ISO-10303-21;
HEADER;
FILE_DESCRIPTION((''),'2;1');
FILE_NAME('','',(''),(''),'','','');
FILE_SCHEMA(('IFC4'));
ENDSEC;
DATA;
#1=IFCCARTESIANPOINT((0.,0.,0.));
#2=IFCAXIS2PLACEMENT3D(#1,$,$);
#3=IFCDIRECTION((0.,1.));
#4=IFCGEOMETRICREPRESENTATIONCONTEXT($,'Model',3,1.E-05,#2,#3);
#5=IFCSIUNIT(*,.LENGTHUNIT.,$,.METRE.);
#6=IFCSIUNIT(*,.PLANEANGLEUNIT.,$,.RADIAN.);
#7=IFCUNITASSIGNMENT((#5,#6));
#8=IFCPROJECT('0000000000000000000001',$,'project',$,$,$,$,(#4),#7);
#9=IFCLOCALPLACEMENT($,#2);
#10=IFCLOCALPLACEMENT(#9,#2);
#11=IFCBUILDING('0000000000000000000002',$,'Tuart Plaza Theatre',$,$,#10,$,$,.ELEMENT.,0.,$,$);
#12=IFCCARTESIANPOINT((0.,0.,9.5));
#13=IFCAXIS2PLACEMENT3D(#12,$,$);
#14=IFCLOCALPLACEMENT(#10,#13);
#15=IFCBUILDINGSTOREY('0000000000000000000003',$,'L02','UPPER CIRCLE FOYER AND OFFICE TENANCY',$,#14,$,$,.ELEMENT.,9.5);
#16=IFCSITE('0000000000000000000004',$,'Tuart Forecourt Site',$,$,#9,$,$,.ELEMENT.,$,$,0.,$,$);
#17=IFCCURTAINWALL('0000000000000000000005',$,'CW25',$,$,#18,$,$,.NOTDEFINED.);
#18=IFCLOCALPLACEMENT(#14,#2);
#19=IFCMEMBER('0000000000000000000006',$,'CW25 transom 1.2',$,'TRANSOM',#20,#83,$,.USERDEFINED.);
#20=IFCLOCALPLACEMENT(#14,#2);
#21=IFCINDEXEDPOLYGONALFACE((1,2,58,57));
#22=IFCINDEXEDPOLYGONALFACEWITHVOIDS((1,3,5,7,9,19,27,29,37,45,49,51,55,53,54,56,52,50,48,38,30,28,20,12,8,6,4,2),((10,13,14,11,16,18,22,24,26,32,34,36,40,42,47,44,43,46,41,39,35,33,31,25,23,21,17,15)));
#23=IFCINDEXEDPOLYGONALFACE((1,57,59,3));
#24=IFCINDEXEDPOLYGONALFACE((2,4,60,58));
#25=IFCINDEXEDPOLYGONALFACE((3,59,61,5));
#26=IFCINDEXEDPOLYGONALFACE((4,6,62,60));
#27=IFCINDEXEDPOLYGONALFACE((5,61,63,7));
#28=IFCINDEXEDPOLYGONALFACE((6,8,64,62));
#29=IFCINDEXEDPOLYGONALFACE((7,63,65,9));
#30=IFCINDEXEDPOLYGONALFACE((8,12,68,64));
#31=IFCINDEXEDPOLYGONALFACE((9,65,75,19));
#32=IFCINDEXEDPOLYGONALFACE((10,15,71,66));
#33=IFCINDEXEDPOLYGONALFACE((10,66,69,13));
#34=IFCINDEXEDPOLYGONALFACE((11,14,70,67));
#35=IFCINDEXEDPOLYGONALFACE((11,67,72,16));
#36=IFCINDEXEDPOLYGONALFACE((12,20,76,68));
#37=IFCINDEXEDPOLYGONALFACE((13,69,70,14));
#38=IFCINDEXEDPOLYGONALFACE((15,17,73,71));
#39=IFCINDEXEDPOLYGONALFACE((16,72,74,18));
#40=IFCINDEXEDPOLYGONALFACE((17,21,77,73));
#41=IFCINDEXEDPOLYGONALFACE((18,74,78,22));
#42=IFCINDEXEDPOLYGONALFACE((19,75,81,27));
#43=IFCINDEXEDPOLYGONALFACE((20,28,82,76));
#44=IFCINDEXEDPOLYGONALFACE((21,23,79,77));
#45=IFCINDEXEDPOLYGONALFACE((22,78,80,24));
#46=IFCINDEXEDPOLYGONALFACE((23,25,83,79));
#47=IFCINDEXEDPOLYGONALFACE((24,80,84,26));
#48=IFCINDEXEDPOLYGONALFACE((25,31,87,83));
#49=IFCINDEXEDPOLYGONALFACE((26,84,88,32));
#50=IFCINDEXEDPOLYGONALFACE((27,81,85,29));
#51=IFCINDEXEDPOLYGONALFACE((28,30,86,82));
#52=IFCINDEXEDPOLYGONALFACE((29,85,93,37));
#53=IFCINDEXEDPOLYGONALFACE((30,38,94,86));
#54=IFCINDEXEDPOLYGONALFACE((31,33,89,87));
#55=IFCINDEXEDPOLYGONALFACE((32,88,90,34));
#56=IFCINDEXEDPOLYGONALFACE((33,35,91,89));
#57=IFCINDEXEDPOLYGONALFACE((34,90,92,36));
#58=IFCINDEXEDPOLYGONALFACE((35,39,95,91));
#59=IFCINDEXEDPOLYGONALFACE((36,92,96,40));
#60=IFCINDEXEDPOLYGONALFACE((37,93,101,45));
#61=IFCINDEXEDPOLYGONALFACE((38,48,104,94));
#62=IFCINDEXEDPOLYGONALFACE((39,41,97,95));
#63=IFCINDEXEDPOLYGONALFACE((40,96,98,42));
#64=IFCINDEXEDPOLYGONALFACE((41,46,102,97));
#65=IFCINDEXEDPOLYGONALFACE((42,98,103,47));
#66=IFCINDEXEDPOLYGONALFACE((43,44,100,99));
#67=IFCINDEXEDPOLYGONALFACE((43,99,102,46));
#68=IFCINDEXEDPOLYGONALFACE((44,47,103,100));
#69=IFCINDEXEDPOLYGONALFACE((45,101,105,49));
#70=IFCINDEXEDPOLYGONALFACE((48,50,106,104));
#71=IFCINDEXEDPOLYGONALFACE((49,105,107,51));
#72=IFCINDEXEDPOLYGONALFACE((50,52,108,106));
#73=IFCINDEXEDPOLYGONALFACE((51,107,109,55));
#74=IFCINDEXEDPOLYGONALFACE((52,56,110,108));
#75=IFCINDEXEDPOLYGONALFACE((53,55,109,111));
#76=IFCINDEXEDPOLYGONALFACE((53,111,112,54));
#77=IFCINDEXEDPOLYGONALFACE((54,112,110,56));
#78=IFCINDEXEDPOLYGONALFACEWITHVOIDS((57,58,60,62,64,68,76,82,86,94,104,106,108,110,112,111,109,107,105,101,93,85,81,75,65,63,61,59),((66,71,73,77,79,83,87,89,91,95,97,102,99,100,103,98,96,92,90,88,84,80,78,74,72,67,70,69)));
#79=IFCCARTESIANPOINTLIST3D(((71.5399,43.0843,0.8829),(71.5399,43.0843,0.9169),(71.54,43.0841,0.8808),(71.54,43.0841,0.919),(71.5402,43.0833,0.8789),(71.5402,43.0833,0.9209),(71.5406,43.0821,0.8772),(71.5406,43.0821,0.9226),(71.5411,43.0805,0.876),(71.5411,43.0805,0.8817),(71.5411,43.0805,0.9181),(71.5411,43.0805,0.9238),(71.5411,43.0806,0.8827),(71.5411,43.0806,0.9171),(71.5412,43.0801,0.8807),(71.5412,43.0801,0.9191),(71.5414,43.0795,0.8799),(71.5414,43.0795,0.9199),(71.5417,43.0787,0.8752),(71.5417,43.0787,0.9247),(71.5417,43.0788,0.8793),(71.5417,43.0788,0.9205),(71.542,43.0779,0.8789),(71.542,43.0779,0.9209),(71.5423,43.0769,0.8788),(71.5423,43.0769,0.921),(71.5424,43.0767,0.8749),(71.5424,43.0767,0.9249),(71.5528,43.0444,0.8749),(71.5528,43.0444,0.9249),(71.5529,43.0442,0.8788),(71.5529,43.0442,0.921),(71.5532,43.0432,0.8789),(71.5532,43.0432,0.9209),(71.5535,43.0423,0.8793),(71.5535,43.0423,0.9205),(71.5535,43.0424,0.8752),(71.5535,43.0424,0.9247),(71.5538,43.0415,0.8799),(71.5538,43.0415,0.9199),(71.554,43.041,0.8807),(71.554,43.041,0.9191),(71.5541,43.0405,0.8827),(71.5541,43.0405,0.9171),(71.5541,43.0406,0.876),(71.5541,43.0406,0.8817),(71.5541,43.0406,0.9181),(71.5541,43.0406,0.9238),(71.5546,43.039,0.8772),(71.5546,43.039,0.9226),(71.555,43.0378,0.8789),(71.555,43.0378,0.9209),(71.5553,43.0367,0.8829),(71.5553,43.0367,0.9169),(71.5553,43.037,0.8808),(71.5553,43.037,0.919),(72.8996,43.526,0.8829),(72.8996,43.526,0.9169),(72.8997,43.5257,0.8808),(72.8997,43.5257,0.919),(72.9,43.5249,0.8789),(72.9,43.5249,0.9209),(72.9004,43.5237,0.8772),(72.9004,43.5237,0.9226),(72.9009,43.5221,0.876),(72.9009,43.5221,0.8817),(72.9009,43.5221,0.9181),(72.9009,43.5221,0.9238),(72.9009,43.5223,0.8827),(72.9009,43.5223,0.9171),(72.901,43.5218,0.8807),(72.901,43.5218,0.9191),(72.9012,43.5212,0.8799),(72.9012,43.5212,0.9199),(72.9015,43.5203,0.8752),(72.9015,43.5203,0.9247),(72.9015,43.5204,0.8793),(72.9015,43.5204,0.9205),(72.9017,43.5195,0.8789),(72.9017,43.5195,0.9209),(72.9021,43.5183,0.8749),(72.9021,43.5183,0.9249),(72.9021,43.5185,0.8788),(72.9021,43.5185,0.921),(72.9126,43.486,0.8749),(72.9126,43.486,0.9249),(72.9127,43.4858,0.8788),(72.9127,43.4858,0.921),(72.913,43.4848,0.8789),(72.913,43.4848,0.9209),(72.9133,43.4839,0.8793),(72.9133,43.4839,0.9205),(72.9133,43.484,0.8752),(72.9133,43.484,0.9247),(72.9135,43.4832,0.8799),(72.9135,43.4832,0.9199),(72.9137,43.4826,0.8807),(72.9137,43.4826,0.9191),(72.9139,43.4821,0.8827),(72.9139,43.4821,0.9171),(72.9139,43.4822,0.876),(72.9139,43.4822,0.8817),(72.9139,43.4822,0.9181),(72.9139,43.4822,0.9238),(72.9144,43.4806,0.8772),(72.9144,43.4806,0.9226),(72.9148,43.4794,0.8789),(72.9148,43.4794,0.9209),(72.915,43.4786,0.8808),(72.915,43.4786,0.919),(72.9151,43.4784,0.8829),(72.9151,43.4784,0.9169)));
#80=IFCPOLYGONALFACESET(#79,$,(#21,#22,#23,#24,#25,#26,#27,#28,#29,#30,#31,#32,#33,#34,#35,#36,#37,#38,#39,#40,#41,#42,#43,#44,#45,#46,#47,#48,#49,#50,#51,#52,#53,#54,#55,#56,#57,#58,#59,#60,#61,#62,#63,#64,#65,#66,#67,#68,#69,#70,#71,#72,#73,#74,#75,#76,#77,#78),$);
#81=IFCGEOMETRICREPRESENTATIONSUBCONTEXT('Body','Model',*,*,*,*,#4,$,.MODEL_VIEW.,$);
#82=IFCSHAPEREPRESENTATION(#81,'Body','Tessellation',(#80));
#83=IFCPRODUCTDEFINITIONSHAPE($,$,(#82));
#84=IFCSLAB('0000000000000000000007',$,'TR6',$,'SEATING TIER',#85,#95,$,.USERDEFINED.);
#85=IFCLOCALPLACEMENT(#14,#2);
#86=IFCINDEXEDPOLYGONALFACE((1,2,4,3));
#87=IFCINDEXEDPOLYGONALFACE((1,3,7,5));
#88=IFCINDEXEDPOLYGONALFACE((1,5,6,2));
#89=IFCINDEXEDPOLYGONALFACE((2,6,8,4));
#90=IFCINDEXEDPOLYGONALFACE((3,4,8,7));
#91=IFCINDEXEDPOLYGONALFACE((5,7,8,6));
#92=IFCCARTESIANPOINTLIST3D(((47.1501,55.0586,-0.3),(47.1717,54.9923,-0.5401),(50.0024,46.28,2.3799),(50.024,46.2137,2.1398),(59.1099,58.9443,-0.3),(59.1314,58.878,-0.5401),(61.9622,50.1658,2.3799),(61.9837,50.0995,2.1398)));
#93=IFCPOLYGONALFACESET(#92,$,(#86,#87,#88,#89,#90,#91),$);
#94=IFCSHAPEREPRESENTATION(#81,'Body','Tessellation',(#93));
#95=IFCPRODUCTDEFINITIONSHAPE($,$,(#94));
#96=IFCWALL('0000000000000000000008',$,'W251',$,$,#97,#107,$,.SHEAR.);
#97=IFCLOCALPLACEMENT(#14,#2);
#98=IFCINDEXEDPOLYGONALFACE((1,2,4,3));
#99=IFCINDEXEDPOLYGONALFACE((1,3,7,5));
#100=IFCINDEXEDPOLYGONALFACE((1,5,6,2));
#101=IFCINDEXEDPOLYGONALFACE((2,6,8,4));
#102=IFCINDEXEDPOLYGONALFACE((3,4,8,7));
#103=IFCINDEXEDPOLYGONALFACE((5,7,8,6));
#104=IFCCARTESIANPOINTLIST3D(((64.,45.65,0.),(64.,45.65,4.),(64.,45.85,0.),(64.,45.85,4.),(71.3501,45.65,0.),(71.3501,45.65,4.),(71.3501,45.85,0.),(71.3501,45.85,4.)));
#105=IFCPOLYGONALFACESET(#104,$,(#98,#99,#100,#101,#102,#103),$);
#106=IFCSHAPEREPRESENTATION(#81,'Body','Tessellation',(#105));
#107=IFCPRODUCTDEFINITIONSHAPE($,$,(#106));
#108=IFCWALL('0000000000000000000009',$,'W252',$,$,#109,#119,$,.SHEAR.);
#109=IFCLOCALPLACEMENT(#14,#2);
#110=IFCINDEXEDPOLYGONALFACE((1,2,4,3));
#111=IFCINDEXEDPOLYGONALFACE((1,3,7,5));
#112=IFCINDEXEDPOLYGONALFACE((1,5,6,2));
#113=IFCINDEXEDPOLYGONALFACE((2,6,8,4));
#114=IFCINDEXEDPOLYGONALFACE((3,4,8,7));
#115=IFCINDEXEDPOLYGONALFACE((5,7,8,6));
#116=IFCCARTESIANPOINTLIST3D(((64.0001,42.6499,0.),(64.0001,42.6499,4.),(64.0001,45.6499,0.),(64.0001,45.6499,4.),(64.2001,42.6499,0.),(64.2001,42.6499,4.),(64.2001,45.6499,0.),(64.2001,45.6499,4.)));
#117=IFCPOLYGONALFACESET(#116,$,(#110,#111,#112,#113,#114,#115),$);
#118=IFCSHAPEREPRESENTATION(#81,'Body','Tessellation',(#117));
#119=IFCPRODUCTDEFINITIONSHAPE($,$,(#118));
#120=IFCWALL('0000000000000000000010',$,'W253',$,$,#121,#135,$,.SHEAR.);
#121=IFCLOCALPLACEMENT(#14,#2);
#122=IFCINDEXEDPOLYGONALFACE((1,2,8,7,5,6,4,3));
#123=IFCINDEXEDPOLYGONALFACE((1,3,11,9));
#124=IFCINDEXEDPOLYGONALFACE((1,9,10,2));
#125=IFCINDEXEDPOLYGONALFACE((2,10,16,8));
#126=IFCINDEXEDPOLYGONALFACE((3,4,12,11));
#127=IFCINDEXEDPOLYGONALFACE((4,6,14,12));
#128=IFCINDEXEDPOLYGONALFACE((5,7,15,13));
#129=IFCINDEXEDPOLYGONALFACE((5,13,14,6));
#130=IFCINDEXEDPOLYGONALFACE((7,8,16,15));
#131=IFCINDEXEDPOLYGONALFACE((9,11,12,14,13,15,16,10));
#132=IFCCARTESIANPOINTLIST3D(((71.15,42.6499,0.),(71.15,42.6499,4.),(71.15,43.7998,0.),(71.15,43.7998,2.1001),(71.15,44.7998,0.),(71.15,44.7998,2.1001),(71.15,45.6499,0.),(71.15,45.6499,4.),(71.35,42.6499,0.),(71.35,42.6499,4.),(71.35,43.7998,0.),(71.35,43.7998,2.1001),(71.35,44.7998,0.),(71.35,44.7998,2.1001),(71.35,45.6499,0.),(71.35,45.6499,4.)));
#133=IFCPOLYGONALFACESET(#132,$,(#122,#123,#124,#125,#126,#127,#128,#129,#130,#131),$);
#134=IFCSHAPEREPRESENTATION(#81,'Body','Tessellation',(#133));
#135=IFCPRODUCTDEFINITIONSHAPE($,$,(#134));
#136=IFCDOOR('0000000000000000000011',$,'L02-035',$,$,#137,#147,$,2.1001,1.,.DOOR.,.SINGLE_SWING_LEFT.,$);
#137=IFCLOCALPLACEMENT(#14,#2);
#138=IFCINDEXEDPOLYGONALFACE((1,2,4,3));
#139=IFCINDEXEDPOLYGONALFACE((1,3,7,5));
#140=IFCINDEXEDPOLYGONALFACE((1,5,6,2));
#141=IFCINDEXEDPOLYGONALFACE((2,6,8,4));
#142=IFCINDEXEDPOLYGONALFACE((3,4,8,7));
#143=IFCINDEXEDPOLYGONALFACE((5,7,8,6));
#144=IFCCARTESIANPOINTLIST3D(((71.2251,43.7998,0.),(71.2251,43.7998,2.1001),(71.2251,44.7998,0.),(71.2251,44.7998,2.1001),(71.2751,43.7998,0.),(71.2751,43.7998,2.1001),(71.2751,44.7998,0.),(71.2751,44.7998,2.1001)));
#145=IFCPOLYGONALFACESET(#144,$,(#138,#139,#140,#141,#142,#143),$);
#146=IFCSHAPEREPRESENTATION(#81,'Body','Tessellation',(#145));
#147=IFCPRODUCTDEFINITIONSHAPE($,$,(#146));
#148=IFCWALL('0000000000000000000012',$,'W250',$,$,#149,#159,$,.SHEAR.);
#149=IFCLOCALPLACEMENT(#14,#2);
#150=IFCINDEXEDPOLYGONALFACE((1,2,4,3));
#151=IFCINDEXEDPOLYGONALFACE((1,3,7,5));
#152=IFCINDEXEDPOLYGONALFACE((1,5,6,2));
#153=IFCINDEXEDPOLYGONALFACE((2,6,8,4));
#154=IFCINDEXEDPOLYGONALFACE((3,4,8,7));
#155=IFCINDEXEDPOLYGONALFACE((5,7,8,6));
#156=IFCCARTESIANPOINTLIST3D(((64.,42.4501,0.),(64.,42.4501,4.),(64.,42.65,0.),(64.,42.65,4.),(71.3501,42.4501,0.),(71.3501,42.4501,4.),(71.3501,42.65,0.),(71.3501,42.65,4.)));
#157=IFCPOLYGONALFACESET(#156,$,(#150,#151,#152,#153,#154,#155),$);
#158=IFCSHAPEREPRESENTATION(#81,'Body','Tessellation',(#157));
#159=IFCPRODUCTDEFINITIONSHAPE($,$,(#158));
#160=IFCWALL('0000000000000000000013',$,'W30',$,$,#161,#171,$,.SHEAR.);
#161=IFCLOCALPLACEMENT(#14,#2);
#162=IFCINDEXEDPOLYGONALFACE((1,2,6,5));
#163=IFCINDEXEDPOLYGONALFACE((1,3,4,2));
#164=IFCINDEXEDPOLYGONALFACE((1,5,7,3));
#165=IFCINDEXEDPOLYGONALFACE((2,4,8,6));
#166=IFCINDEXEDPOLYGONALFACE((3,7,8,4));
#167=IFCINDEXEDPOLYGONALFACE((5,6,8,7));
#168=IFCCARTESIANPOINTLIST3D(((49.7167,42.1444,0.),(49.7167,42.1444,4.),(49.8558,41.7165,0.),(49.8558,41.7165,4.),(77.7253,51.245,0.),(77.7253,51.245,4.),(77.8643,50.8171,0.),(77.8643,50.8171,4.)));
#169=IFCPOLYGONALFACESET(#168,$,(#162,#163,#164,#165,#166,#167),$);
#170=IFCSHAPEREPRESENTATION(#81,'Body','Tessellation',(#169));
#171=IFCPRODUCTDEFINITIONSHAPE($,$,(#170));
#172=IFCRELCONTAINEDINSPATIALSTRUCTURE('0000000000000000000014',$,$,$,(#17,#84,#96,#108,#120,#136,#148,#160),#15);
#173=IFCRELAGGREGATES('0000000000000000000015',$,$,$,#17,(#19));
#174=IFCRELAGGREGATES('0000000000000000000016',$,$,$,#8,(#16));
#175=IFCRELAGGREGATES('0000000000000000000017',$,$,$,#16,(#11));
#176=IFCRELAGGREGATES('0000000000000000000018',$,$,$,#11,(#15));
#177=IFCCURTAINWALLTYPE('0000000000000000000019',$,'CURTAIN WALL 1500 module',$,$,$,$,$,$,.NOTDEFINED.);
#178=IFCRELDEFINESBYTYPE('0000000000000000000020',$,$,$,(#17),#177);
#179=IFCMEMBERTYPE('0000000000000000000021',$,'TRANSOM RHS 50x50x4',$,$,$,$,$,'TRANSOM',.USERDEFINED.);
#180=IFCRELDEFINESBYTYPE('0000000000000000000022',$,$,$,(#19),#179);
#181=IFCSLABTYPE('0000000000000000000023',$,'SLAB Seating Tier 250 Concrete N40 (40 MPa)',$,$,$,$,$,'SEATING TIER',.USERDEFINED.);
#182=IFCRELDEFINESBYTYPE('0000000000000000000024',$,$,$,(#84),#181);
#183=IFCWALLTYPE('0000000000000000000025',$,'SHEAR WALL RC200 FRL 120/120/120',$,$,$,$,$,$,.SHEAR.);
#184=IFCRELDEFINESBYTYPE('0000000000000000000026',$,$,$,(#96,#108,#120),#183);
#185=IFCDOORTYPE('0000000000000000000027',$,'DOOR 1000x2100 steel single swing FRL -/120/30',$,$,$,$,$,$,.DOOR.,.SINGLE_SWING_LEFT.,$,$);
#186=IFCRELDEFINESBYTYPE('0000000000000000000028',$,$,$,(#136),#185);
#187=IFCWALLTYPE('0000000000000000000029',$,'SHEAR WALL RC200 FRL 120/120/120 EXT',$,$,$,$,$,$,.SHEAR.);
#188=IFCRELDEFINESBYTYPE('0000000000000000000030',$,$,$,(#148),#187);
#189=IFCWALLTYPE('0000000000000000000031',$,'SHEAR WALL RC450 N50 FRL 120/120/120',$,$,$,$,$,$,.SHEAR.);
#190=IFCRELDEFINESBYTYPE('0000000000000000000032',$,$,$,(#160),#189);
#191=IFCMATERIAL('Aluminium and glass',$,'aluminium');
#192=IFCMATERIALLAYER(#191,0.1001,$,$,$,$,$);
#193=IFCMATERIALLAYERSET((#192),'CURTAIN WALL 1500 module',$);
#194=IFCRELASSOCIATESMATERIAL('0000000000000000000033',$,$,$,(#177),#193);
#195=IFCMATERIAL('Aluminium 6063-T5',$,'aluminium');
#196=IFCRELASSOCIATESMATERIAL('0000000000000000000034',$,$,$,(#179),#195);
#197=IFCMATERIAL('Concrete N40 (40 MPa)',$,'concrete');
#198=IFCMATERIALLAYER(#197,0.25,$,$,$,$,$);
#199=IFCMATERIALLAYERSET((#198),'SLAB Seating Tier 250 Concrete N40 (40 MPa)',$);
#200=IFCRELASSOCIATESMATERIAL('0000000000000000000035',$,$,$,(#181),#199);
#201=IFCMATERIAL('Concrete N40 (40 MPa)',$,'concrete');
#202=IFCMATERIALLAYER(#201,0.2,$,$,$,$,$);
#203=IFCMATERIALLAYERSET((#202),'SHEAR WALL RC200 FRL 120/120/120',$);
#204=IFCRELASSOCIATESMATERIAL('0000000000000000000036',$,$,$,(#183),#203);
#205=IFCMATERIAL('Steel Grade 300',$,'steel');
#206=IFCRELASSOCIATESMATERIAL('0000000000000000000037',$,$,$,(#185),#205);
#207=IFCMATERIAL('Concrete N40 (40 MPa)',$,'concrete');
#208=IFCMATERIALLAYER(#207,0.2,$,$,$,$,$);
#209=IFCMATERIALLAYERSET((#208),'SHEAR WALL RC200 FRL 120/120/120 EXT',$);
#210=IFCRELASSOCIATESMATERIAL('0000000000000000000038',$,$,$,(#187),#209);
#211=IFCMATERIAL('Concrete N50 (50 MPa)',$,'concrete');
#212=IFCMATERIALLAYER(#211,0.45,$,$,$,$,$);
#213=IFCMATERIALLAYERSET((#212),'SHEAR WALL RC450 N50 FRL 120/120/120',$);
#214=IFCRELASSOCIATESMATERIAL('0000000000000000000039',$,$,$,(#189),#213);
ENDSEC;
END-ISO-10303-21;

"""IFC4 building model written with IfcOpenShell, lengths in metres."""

from ifc_helpers import new_model, si_unit, direction, frame, frame_2d, origin, origin_2d, place, context, subcontext, project, spatial, polyline, rectangle, hollow_rectangle, outline, extrude, material, layer, layer_set, material_profile, profile_set, type_object, element, fill, aggregate, save


model = new_model("IFC4")

# Units and contexts
model_context = context("Model", 3, precision=1e-05, world=origin(), true_north=direction((0.0, 1.0)))
body_context = subcontext(model_context, "Body", "Model", "MODEL_VIEW")
ifc_project = project(units=[si_unit("LENGTHUNIT", "METRE"), si_unit("PLANEANGLEUNIT", "RADIAN")], contexts=[model_context])

# Site, building, storey
site_placement = place(None, origin())
site = spatial("IfcSite", under=ifc_project, at=site_placement, Name="Tuart Forecourt Site", CompositionType="ELEMENT", RefElevation=0.0)
building_placement = place(site_placement, origin())
building = spatial("IfcBuilding", under=site, at=building_placement, Name="Tuart Plaza Theatre", CompositionType="ELEMENT", ElevationOfRefHeight=0.0)
storey_placement = place(building_placement, frame((0.0, 0.0, 9.5)))
storey = spatial("IfcBuildingStorey", under=building, at=storey_placement, Name="L02", Description="UPPER CIRCLE FOYER AND OFFICE TENANCY", CompositionType="ELEMENT", Elevation=9.5)

# Curtain wall, member
ifc_material_1 = material(Name="Aluminium and glass", Category="aluminium")
ifc_layer_1 = layer(ifc_material_1, 0.1001)
ifc_layer_set_1 = layer_set([ifc_layer_1], Name="CURTAIN WALL 1500 module")
curtain_wall_type = type_object("IfcCurtainWallType", Name="CURTAIN WALL 1500 module", PredefinedType="NOTDEFINED", material=ifc_layer_set_1)
curtain_wall_placement = place(storey_placement, origin())
curtain_wall = element("IfcCurtainWall", 1, at=curtain_wall_placement, inside=storey, type_object=curtain_wall_type, Name="CW25", PredefinedType="NOTDEFINED")
ifc_material_2 = material(Name="Aluminium 6063-T5", Category="aluminium")
ifc_material_profile_1 = material_profile(ifc_material_2, hollow_rectangle(XDim=0.05, YDim=0.05, WallThickness=0.0039, InnerFilletRadius=0.0039, OuterFilletRadius=0.0081, at=origin_2d()), Name="RHS 50x50x4")
ifc_profile_set_1 = profile_set([ifc_material_profile_1], Name="Aluminium 6063-T5")
member_type_1 = type_object("IfcMemberType", Name="TRANSOM RHS 50x50x4", ElementType="TRANSOM", PredefinedType="USERDEFINED", material=ifc_profile_set_1)
member_1_placement = place(storey_placement, frame((71.5476, 43.0605, 0.8999), z_axis=(0.951097, 0.308893, 0.0), x_axis=(-0.308893, 0.951097, 0.0)))
member_1 = element("IfcMember", 2, at=member_1_placement, type_object=member_type_1, Name="CW25 transom 1.2", ObjectType="TRANSOM", PredefinedType="USERDEFINED", context=body_context, shape_type="SweptSolid", body=[
    extrude(hollow_rectangle(XDim=0.05, YDim=0.05, WallThickness=0.0039, InnerFilletRadius=0.0039, OuterFilletRadius=0.0081, at=origin_2d()), origin(), (0.0, 0.0, 1.0), 1.4297),
])
aggregate(curtain_wall, [member_1])

# Slab
ifc_material_3 = material(Name="Concrete N40 (40 MPa)", Category="concrete")
ifc_layer_2 = layer(ifc_material_3, 0.25)
ifc_layer_set_2 = layer_set([ifc_layer_2], Name="SLAB Seating Tier 250 Concrete N40 (40 MPa)")
slab_type = type_object("IfcSlabType", Name="SLAB Seating Tier 250 Concrete N40 (40 MPa)", ElementType="SEATING TIER", PredefinedType="USERDEFINED", material=ifc_layer_set_2)
slab_placement = place(storey_placement, frame((50.0024, 46.28, 2.3799), z_axis=(-0.086158, 0.26518, 0.960342), x_axis=(0.951061, 0.309002, 0.0)))
element("IfcSlab", 3, at=slab_placement, inside=storey, type_object=slab_type, Name="TR6", ObjectType="SEATING TIER", PredefinedType="USERDEFINED", context=body_context, shape_type="SweptSolid", body=[
    extrude(outline(polyline([(0.0, 0.0), (12.5751, 0.0), (12.575, 9.6115), (-0.0001, 9.6115), (0.0, 0.0)])), origin(), (0.0, 0.0, -1.0), 0.25),
])

# Walls
ifc_material_4 = material(Name="Concrete N40 (40 MPa)", Category="concrete")
ifc_layer_3 = layer(ifc_material_4, 0.2)
ifc_layer_set_3 = layer_set([ifc_layer_3], Name="SHEAR WALL RC200 FRL 120/120/120")
wall_type_1 = type_object("IfcWallType", Name="SHEAR WALL RC200 FRL 120/120/120", PredefinedType="SHEAR", material=ifc_layer_set_3)
wall_1_placement = place(storey_placement, frame((71.3501, 45.75, 0.0), z_axis=(0.0, 0.0, 1.0), x_axis=(-1.0, 0.0, 0.0)))
element("IfcWall", 4, at=wall_1_placement, inside=storey, type_object=wall_type_1, Name="W251", PredefinedType="SHEAR", context=body_context, shape_type="SweptSolid", body=[
    extrude(rectangle(XDim=7.3501, YDim=0.2, at=frame_2d((3.675, 0.0))), origin(), (0.0, 0.0, 1.0), 4.0),
])
wall_2_placement = place(storey_placement, frame((64.1001, 45.6499, 0.0), z_axis=(0.0, 0.0, 1.0), x_axis=(0.0, -1.0, 0.0)))
element("IfcWall", 5, at=wall_2_placement, inside=storey, type_object=wall_type_1, Name="W252", PredefinedType="SHEAR", context=body_context, shape_type="SweptSolid", body=[
    extrude(rectangle(XDim=3.0, YDim=0.2, at=frame_2d((1.5, 0.0))), origin(), (0.0, 0.0, 1.0), 4.0),
])

# Wall, opening, door
wall_3_placement = place(storey_placement, frame((71.25, 42.6499, 0.0), z_axis=(0.0, 0.0, 1.0), x_axis=(0.0, 1.0, 0.0)))
wall_3 = element("IfcWall", 6, at=wall_3_placement, inside=storey, type_object=wall_type_1, Name="W253", PredefinedType="SHEAR", context=body_context, shape_type="SweptSolid", body=[
    extrude(rectangle(XDim=3.0, YDim=0.2, at=frame_2d((1.5, 0.0))), origin(), (0.0, 0.0, 1.0), 4.0),
])
opening_1_placement = place(wall_3_placement, frame((1.1499, 0.0, 0.0)))
opening_1 = element("IfcOpeningElement", 7, at=opening_1_placement, cuts=wall_3, PredefinedType="OPENING", context=body_context, shape_type="SweptSolid", body=[
    extrude(rectangle(XDim=1.0, YDim=2.1001, at=frame_2d((0.5, 1.05))), frame((0.0, 0.1099, 0.0), z_axis=(0.0, -1.0, 0.0), x_axis=(1.0, 0.0, 0.0)), (0.0, 0.0, 1.0), 0.22),
])
ifc_material_5 = material(Name="Steel Grade 300", Category="steel")
door_type_1 = type_object("IfcDoorType", Name="DOOR 1000x2100 steel single swing FRL -/120/30", OperationType="SINGLE_SWING_LEFT", PredefinedType="DOOR", material=ifc_material_5)
door_1_placement = place(opening_1_placement, origin())
door_1 = element("IfcDoor", 8, at=door_1_placement, inside=storey, type_object=door_type_1, Name="L02-035", OperationType="SINGLE_SWING_LEFT", OverallHeight=2.1001, OverallWidth=1.0, PredefinedType="DOOR", context=body_context, shape_type="SweptSolid", body=[
    extrude(rectangle(XDim=1.0, YDim=2.1001, at=frame_2d((0.5, 1.05))), frame((0.0, 0.0249, 0.0), z_axis=(0.0, -1.0, 0.0), x_axis=(1.0, 0.0, 0.0)), (0.0, 0.0, 1.0), 0.05),
])
fill(opening_1, door_1)

# Walls
ifc_material_6 = material(Name="Concrete N40 (40 MPa)", Category="concrete")
ifc_layer_4 = layer(ifc_material_6, 0.2)
ifc_layer_set_4 = layer_set([ifc_layer_4], Name="SHEAR WALL RC200 FRL 120/120/120 EXT")
wall_type_2 = type_object("IfcWallType", Name="SHEAR WALL RC200 FRL 120/120/120 EXT", PredefinedType="SHEAR", material=ifc_layer_set_4)
wall_4_placement = place(storey_placement, frame((64.0, 42.55, 0.0), z_axis=(0.0, 0.0, 1.0), x_axis=(1.0, 0.0, 0.0)))
element("IfcWall", 9, at=wall_4_placement, inside=storey, type_object=wall_type_2, Name="W250", PredefinedType="SHEAR", context=body_context, shape_type="SweptSolid", body=[
    extrude(rectangle(XDim=7.3501, YDim=0.2, at=frame_2d((3.675, 0.0))), origin(), (0.0, 0.0, 1.0), 4.0),
])
ifc_material_7 = material(Name="Concrete N50 (50 MPa)", Category="concrete")
ifc_layer_5 = layer(ifc_material_7, 0.45)
ifc_layer_set_5 = layer_set([ifc_layer_5], Name="SHEAR WALL RC450 N50 FRL 120/120/120")
wall_type_3 = type_object("IfcWallType", Name="SHEAR WALL RC450 N50 FRL 120/120/120", PredefinedType="SHEAR", material=ifc_layer_set_5)
wall_5_placement = place(storey_placement, frame((49.7861, 41.9304, 0.0), z_axis=(0.0, 0.0, 1.0), x_axis=(0.951056, 0.309019, 0.0)))
element("IfcWall", 10, at=wall_5_placement, inside=storey, type_object=wall_type_3, Name="W30", PredefinedType="SHEAR", context=body_context, shape_type="SweptSolid", body=[
    extrude(rectangle(XDim=29.45, YDim=0.45, at=frame_2d((14.7251, 0.0))), origin(), (0.0, 0.0, 1.0), 4.0),
])

save(model, "model.ifc")
